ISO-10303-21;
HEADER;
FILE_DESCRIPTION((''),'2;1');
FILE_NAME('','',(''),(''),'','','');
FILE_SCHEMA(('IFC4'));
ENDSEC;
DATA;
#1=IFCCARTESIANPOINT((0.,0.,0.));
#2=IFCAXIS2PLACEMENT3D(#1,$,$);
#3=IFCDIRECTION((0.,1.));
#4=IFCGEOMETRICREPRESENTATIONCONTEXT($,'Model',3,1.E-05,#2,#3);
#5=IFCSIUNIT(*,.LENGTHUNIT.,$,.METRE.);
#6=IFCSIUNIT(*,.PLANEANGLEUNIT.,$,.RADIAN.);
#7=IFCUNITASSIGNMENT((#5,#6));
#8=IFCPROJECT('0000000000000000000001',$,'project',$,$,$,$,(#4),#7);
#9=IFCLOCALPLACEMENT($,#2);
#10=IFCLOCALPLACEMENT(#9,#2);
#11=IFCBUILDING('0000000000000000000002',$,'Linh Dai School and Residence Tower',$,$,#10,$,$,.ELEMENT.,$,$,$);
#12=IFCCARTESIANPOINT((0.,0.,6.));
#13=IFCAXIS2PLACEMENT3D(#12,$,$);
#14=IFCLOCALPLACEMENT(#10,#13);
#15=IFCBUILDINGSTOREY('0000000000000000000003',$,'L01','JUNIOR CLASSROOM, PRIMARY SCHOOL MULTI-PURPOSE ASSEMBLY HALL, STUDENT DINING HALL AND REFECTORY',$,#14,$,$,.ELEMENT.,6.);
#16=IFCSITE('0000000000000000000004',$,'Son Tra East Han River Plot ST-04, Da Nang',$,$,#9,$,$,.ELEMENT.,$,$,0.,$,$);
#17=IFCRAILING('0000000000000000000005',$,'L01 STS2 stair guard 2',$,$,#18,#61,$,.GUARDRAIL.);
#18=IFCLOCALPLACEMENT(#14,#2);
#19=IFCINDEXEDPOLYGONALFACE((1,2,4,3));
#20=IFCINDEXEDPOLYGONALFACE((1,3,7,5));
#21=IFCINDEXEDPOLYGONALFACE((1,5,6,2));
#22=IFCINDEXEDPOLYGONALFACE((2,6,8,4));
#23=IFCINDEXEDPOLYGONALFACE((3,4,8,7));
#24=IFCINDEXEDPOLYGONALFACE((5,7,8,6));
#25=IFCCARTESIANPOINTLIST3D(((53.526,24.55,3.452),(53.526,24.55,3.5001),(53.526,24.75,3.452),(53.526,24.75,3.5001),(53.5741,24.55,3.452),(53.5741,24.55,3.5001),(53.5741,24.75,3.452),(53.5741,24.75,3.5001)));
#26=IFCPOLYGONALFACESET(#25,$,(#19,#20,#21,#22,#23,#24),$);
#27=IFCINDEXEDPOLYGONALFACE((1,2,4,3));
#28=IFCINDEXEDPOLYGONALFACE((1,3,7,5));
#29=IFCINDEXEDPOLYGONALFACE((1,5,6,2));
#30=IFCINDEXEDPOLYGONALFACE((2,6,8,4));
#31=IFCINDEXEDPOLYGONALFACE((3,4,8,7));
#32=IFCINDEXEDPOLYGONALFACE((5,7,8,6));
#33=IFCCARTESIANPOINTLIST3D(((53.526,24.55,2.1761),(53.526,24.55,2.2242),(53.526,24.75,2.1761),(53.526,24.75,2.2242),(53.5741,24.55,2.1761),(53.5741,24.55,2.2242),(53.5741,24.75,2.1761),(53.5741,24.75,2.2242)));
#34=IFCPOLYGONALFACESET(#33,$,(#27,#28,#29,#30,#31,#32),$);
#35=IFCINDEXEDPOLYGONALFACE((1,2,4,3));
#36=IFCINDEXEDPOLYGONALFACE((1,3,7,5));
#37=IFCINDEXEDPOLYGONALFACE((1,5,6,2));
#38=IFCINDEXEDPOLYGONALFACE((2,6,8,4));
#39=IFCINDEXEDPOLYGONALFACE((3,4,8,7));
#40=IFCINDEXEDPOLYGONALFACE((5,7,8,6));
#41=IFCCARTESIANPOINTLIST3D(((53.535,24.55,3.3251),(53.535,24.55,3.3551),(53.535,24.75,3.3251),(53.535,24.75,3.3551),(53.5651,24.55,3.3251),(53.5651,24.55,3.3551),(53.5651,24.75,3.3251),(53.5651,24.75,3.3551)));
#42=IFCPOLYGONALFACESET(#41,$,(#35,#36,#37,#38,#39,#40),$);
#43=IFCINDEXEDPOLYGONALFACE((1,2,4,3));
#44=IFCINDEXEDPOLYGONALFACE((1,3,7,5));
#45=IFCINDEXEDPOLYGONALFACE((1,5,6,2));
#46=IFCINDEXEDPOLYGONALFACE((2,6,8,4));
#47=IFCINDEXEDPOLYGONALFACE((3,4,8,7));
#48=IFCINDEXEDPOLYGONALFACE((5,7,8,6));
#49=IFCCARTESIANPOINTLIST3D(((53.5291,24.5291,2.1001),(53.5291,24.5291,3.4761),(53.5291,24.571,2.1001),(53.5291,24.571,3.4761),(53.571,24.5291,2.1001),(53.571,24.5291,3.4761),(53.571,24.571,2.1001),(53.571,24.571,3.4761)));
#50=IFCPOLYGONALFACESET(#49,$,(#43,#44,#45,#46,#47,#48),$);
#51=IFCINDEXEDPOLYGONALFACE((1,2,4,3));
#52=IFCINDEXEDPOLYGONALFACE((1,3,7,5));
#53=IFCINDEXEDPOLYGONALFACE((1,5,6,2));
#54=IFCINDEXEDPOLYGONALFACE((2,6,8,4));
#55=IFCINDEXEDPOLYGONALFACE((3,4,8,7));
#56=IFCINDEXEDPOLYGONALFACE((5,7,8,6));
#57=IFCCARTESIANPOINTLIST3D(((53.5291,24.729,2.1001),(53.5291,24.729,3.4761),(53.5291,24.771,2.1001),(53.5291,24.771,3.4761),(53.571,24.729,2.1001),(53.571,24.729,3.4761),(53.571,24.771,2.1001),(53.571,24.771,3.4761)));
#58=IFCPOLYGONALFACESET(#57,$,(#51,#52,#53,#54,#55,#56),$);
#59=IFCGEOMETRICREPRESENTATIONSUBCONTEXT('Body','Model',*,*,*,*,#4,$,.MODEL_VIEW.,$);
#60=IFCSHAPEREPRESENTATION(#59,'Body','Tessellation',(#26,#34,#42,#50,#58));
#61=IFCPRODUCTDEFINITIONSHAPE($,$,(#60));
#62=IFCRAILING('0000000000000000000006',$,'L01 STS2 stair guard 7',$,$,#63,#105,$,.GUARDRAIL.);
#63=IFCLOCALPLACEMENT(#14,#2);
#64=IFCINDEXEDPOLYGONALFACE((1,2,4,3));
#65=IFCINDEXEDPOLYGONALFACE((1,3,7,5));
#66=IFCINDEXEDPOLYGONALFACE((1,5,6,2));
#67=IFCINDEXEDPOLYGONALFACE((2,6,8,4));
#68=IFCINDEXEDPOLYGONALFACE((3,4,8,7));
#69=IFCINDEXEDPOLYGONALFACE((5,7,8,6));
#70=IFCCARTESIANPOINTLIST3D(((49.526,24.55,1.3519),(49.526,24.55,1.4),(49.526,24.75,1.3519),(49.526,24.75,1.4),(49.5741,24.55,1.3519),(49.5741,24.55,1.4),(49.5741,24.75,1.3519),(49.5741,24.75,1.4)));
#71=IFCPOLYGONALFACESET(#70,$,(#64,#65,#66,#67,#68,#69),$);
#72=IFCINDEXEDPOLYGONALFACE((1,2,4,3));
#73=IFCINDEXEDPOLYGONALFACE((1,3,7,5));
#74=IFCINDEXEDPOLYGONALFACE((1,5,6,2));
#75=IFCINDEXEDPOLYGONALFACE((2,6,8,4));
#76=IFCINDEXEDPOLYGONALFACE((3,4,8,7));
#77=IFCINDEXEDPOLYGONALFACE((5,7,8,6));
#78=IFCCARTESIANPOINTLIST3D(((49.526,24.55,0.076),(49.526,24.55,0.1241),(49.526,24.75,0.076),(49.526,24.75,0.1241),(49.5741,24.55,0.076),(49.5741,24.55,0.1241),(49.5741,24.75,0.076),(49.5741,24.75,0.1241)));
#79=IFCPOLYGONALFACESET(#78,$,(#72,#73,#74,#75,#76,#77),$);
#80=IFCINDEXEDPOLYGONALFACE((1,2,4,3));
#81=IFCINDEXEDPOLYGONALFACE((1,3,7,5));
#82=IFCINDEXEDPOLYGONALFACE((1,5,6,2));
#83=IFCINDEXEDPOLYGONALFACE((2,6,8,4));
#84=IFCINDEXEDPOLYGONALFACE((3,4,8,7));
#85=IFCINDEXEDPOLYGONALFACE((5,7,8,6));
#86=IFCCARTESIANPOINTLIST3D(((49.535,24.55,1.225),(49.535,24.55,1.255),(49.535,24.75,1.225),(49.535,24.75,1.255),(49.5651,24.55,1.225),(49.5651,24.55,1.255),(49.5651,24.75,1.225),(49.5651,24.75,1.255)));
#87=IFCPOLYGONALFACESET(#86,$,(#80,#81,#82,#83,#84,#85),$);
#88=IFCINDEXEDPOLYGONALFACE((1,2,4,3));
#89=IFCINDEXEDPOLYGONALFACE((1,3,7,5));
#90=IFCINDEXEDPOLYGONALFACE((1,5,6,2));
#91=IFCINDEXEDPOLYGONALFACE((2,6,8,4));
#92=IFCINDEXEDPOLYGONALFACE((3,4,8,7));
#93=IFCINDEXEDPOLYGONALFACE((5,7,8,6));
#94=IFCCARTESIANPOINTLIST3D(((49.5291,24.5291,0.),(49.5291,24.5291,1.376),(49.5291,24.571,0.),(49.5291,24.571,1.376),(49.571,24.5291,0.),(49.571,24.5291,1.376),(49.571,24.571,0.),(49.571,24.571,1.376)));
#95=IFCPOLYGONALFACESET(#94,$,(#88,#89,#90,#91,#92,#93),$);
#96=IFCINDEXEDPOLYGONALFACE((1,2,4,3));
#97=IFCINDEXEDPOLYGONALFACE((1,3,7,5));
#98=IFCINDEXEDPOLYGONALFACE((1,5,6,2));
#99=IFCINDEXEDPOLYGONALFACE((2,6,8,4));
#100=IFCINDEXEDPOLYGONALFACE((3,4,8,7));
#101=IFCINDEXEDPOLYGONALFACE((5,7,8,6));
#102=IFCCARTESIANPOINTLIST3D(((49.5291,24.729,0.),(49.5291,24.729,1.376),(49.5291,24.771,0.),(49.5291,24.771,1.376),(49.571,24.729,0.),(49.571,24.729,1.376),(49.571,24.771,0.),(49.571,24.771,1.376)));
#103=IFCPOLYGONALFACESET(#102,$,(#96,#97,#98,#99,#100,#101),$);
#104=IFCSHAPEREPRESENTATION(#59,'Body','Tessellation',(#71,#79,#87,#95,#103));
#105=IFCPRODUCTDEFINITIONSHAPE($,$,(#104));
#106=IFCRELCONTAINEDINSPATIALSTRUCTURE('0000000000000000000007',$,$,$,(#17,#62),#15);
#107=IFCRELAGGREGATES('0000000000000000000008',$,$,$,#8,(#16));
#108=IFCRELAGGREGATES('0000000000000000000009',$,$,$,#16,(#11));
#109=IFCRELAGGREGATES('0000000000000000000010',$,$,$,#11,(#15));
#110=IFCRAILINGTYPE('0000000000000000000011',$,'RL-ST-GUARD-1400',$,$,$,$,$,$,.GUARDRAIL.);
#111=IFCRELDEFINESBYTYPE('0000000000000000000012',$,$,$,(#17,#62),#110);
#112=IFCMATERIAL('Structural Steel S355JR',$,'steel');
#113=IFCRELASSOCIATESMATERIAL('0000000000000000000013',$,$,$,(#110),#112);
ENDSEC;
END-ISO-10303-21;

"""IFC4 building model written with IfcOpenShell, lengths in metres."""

from ifc_helpers import new_model, si_unit, direction, frame, origin, origin_2d, place, context, subcontext, project, spatial, rectangle, extrude, source, transform, mapped, material, type_object, element, save


model = new_model("IFC4")

# Units and contexts
model_context = context("Model", 3, precision=1e-05, world=origin(), true_north=direction((0.0, 1.0)))
body_context = subcontext(model_context, "Body", "Model", "MODEL_VIEW")
ifc_project = project(units=[si_unit("LENGTHUNIT", "METRE"), si_unit("PLANEANGLEUNIT", "RADIAN")], contexts=[model_context])

# Site, building, storey
site_placement = place(None, origin())
site = spatial("IfcSite", under=ifc_project, at=site_placement, Name="Son Tra East Han River Plot ST-04, Da Nang", CompositionType="ELEMENT", RefElevation=0.0)
building_placement = place(site_placement, origin())
building = spatial("IfcBuilding", under=site, at=building_placement, Name="Linh Dai School and Residence Tower", CompositionType="ELEMENT")
storey_placement = place(building_placement, frame((0.0, 0.0, 6.0)))
storey = spatial("IfcBuildingStorey", under=building, at=storey_placement, Name="L01", Description="JUNIOR CLASSROOM, PRIMARY SCHOOL MULTI-PURPOSE ASSEMBLY HALL, STUDENT DINING HALL AND REFECTORY", CompositionType="ELEMENT", Elevation=6.0)

# Shared definitions
ifc_material_1 = material(Name="Structural Steel S355JR", Category="steel")

# Railings
railing_type_1 = type_object("IfcRailingType", Name="RL-ST-GUARD-1400", PredefinedType="GUARDRAIL", material=ifc_material_1)
shared_shape_1 = source(origin(), body_context, "Body", "SweptSolid", [
    extrude(rectangle(XDim=0.0481, YDim=0.0481, at=origin_2d()), frame((0.0, 0.0, 1.376), z_axis=(0.0, 1.0, 0.0), x_axis=(-1.0, 0.0, 0.0)), (0.0, 0.0, 1.0), 0.2),
    extrude(rectangle(XDim=0.0481, YDim=0.0481, at=origin_2d()), frame((0.0, 0.0, 0.1001), z_axis=(0.0, 1.0, 0.0), x_axis=(-1.0, 0.0, 0.0)), (0.0, 0.0, 1.0), 0.2),
    extrude(rectangle(XDim=0.03, YDim=0.03, at=origin_2d()), frame((0.0, 0.0, 1.24), z_axis=(0.0, 1.0, 0.0), x_axis=(-1.0, 0.0, 0.0)), (0.0, 0.0, 1.0), 0.2),
    extrude(rectangle(XDim=0.042, YDim=0.042, at=origin_2d()), origin(), (0.0, 0.0, 1.0), 1.376),
    extrude(rectangle(XDim=0.042, YDim=0.042, at=origin_2d()), frame((0.0, 0.2, 0.0)), (0.0, 0.0, 1.0), 1.376),
])
for number, where, name in (
    (1, (53.55, 24.55, 2.1001), "L01 STS2 stair guard 2"),
    (2, (49.55, 24.55, 0.0), "L01 STS2 stair guard 7"),
):
    element("IfcRailing", number, at=place(storey_placement, frame(where)), inside=storey, type_object=railing_type_1, Name=name, PredefinedType="GUARDRAIL", context=body_context, shape_type="MappedRepresentation", body=[
        mapped(shared_shape_1, transform((0.0, 0.0, 0.0), x_axis=(1.0, 0.0, 0.0), y_axis=(0.0, 1.0, 0.0), z_axis=(0.0, 0.0, 1.0), scale=1.0)),
    ])

save(model, "model.ifc")
